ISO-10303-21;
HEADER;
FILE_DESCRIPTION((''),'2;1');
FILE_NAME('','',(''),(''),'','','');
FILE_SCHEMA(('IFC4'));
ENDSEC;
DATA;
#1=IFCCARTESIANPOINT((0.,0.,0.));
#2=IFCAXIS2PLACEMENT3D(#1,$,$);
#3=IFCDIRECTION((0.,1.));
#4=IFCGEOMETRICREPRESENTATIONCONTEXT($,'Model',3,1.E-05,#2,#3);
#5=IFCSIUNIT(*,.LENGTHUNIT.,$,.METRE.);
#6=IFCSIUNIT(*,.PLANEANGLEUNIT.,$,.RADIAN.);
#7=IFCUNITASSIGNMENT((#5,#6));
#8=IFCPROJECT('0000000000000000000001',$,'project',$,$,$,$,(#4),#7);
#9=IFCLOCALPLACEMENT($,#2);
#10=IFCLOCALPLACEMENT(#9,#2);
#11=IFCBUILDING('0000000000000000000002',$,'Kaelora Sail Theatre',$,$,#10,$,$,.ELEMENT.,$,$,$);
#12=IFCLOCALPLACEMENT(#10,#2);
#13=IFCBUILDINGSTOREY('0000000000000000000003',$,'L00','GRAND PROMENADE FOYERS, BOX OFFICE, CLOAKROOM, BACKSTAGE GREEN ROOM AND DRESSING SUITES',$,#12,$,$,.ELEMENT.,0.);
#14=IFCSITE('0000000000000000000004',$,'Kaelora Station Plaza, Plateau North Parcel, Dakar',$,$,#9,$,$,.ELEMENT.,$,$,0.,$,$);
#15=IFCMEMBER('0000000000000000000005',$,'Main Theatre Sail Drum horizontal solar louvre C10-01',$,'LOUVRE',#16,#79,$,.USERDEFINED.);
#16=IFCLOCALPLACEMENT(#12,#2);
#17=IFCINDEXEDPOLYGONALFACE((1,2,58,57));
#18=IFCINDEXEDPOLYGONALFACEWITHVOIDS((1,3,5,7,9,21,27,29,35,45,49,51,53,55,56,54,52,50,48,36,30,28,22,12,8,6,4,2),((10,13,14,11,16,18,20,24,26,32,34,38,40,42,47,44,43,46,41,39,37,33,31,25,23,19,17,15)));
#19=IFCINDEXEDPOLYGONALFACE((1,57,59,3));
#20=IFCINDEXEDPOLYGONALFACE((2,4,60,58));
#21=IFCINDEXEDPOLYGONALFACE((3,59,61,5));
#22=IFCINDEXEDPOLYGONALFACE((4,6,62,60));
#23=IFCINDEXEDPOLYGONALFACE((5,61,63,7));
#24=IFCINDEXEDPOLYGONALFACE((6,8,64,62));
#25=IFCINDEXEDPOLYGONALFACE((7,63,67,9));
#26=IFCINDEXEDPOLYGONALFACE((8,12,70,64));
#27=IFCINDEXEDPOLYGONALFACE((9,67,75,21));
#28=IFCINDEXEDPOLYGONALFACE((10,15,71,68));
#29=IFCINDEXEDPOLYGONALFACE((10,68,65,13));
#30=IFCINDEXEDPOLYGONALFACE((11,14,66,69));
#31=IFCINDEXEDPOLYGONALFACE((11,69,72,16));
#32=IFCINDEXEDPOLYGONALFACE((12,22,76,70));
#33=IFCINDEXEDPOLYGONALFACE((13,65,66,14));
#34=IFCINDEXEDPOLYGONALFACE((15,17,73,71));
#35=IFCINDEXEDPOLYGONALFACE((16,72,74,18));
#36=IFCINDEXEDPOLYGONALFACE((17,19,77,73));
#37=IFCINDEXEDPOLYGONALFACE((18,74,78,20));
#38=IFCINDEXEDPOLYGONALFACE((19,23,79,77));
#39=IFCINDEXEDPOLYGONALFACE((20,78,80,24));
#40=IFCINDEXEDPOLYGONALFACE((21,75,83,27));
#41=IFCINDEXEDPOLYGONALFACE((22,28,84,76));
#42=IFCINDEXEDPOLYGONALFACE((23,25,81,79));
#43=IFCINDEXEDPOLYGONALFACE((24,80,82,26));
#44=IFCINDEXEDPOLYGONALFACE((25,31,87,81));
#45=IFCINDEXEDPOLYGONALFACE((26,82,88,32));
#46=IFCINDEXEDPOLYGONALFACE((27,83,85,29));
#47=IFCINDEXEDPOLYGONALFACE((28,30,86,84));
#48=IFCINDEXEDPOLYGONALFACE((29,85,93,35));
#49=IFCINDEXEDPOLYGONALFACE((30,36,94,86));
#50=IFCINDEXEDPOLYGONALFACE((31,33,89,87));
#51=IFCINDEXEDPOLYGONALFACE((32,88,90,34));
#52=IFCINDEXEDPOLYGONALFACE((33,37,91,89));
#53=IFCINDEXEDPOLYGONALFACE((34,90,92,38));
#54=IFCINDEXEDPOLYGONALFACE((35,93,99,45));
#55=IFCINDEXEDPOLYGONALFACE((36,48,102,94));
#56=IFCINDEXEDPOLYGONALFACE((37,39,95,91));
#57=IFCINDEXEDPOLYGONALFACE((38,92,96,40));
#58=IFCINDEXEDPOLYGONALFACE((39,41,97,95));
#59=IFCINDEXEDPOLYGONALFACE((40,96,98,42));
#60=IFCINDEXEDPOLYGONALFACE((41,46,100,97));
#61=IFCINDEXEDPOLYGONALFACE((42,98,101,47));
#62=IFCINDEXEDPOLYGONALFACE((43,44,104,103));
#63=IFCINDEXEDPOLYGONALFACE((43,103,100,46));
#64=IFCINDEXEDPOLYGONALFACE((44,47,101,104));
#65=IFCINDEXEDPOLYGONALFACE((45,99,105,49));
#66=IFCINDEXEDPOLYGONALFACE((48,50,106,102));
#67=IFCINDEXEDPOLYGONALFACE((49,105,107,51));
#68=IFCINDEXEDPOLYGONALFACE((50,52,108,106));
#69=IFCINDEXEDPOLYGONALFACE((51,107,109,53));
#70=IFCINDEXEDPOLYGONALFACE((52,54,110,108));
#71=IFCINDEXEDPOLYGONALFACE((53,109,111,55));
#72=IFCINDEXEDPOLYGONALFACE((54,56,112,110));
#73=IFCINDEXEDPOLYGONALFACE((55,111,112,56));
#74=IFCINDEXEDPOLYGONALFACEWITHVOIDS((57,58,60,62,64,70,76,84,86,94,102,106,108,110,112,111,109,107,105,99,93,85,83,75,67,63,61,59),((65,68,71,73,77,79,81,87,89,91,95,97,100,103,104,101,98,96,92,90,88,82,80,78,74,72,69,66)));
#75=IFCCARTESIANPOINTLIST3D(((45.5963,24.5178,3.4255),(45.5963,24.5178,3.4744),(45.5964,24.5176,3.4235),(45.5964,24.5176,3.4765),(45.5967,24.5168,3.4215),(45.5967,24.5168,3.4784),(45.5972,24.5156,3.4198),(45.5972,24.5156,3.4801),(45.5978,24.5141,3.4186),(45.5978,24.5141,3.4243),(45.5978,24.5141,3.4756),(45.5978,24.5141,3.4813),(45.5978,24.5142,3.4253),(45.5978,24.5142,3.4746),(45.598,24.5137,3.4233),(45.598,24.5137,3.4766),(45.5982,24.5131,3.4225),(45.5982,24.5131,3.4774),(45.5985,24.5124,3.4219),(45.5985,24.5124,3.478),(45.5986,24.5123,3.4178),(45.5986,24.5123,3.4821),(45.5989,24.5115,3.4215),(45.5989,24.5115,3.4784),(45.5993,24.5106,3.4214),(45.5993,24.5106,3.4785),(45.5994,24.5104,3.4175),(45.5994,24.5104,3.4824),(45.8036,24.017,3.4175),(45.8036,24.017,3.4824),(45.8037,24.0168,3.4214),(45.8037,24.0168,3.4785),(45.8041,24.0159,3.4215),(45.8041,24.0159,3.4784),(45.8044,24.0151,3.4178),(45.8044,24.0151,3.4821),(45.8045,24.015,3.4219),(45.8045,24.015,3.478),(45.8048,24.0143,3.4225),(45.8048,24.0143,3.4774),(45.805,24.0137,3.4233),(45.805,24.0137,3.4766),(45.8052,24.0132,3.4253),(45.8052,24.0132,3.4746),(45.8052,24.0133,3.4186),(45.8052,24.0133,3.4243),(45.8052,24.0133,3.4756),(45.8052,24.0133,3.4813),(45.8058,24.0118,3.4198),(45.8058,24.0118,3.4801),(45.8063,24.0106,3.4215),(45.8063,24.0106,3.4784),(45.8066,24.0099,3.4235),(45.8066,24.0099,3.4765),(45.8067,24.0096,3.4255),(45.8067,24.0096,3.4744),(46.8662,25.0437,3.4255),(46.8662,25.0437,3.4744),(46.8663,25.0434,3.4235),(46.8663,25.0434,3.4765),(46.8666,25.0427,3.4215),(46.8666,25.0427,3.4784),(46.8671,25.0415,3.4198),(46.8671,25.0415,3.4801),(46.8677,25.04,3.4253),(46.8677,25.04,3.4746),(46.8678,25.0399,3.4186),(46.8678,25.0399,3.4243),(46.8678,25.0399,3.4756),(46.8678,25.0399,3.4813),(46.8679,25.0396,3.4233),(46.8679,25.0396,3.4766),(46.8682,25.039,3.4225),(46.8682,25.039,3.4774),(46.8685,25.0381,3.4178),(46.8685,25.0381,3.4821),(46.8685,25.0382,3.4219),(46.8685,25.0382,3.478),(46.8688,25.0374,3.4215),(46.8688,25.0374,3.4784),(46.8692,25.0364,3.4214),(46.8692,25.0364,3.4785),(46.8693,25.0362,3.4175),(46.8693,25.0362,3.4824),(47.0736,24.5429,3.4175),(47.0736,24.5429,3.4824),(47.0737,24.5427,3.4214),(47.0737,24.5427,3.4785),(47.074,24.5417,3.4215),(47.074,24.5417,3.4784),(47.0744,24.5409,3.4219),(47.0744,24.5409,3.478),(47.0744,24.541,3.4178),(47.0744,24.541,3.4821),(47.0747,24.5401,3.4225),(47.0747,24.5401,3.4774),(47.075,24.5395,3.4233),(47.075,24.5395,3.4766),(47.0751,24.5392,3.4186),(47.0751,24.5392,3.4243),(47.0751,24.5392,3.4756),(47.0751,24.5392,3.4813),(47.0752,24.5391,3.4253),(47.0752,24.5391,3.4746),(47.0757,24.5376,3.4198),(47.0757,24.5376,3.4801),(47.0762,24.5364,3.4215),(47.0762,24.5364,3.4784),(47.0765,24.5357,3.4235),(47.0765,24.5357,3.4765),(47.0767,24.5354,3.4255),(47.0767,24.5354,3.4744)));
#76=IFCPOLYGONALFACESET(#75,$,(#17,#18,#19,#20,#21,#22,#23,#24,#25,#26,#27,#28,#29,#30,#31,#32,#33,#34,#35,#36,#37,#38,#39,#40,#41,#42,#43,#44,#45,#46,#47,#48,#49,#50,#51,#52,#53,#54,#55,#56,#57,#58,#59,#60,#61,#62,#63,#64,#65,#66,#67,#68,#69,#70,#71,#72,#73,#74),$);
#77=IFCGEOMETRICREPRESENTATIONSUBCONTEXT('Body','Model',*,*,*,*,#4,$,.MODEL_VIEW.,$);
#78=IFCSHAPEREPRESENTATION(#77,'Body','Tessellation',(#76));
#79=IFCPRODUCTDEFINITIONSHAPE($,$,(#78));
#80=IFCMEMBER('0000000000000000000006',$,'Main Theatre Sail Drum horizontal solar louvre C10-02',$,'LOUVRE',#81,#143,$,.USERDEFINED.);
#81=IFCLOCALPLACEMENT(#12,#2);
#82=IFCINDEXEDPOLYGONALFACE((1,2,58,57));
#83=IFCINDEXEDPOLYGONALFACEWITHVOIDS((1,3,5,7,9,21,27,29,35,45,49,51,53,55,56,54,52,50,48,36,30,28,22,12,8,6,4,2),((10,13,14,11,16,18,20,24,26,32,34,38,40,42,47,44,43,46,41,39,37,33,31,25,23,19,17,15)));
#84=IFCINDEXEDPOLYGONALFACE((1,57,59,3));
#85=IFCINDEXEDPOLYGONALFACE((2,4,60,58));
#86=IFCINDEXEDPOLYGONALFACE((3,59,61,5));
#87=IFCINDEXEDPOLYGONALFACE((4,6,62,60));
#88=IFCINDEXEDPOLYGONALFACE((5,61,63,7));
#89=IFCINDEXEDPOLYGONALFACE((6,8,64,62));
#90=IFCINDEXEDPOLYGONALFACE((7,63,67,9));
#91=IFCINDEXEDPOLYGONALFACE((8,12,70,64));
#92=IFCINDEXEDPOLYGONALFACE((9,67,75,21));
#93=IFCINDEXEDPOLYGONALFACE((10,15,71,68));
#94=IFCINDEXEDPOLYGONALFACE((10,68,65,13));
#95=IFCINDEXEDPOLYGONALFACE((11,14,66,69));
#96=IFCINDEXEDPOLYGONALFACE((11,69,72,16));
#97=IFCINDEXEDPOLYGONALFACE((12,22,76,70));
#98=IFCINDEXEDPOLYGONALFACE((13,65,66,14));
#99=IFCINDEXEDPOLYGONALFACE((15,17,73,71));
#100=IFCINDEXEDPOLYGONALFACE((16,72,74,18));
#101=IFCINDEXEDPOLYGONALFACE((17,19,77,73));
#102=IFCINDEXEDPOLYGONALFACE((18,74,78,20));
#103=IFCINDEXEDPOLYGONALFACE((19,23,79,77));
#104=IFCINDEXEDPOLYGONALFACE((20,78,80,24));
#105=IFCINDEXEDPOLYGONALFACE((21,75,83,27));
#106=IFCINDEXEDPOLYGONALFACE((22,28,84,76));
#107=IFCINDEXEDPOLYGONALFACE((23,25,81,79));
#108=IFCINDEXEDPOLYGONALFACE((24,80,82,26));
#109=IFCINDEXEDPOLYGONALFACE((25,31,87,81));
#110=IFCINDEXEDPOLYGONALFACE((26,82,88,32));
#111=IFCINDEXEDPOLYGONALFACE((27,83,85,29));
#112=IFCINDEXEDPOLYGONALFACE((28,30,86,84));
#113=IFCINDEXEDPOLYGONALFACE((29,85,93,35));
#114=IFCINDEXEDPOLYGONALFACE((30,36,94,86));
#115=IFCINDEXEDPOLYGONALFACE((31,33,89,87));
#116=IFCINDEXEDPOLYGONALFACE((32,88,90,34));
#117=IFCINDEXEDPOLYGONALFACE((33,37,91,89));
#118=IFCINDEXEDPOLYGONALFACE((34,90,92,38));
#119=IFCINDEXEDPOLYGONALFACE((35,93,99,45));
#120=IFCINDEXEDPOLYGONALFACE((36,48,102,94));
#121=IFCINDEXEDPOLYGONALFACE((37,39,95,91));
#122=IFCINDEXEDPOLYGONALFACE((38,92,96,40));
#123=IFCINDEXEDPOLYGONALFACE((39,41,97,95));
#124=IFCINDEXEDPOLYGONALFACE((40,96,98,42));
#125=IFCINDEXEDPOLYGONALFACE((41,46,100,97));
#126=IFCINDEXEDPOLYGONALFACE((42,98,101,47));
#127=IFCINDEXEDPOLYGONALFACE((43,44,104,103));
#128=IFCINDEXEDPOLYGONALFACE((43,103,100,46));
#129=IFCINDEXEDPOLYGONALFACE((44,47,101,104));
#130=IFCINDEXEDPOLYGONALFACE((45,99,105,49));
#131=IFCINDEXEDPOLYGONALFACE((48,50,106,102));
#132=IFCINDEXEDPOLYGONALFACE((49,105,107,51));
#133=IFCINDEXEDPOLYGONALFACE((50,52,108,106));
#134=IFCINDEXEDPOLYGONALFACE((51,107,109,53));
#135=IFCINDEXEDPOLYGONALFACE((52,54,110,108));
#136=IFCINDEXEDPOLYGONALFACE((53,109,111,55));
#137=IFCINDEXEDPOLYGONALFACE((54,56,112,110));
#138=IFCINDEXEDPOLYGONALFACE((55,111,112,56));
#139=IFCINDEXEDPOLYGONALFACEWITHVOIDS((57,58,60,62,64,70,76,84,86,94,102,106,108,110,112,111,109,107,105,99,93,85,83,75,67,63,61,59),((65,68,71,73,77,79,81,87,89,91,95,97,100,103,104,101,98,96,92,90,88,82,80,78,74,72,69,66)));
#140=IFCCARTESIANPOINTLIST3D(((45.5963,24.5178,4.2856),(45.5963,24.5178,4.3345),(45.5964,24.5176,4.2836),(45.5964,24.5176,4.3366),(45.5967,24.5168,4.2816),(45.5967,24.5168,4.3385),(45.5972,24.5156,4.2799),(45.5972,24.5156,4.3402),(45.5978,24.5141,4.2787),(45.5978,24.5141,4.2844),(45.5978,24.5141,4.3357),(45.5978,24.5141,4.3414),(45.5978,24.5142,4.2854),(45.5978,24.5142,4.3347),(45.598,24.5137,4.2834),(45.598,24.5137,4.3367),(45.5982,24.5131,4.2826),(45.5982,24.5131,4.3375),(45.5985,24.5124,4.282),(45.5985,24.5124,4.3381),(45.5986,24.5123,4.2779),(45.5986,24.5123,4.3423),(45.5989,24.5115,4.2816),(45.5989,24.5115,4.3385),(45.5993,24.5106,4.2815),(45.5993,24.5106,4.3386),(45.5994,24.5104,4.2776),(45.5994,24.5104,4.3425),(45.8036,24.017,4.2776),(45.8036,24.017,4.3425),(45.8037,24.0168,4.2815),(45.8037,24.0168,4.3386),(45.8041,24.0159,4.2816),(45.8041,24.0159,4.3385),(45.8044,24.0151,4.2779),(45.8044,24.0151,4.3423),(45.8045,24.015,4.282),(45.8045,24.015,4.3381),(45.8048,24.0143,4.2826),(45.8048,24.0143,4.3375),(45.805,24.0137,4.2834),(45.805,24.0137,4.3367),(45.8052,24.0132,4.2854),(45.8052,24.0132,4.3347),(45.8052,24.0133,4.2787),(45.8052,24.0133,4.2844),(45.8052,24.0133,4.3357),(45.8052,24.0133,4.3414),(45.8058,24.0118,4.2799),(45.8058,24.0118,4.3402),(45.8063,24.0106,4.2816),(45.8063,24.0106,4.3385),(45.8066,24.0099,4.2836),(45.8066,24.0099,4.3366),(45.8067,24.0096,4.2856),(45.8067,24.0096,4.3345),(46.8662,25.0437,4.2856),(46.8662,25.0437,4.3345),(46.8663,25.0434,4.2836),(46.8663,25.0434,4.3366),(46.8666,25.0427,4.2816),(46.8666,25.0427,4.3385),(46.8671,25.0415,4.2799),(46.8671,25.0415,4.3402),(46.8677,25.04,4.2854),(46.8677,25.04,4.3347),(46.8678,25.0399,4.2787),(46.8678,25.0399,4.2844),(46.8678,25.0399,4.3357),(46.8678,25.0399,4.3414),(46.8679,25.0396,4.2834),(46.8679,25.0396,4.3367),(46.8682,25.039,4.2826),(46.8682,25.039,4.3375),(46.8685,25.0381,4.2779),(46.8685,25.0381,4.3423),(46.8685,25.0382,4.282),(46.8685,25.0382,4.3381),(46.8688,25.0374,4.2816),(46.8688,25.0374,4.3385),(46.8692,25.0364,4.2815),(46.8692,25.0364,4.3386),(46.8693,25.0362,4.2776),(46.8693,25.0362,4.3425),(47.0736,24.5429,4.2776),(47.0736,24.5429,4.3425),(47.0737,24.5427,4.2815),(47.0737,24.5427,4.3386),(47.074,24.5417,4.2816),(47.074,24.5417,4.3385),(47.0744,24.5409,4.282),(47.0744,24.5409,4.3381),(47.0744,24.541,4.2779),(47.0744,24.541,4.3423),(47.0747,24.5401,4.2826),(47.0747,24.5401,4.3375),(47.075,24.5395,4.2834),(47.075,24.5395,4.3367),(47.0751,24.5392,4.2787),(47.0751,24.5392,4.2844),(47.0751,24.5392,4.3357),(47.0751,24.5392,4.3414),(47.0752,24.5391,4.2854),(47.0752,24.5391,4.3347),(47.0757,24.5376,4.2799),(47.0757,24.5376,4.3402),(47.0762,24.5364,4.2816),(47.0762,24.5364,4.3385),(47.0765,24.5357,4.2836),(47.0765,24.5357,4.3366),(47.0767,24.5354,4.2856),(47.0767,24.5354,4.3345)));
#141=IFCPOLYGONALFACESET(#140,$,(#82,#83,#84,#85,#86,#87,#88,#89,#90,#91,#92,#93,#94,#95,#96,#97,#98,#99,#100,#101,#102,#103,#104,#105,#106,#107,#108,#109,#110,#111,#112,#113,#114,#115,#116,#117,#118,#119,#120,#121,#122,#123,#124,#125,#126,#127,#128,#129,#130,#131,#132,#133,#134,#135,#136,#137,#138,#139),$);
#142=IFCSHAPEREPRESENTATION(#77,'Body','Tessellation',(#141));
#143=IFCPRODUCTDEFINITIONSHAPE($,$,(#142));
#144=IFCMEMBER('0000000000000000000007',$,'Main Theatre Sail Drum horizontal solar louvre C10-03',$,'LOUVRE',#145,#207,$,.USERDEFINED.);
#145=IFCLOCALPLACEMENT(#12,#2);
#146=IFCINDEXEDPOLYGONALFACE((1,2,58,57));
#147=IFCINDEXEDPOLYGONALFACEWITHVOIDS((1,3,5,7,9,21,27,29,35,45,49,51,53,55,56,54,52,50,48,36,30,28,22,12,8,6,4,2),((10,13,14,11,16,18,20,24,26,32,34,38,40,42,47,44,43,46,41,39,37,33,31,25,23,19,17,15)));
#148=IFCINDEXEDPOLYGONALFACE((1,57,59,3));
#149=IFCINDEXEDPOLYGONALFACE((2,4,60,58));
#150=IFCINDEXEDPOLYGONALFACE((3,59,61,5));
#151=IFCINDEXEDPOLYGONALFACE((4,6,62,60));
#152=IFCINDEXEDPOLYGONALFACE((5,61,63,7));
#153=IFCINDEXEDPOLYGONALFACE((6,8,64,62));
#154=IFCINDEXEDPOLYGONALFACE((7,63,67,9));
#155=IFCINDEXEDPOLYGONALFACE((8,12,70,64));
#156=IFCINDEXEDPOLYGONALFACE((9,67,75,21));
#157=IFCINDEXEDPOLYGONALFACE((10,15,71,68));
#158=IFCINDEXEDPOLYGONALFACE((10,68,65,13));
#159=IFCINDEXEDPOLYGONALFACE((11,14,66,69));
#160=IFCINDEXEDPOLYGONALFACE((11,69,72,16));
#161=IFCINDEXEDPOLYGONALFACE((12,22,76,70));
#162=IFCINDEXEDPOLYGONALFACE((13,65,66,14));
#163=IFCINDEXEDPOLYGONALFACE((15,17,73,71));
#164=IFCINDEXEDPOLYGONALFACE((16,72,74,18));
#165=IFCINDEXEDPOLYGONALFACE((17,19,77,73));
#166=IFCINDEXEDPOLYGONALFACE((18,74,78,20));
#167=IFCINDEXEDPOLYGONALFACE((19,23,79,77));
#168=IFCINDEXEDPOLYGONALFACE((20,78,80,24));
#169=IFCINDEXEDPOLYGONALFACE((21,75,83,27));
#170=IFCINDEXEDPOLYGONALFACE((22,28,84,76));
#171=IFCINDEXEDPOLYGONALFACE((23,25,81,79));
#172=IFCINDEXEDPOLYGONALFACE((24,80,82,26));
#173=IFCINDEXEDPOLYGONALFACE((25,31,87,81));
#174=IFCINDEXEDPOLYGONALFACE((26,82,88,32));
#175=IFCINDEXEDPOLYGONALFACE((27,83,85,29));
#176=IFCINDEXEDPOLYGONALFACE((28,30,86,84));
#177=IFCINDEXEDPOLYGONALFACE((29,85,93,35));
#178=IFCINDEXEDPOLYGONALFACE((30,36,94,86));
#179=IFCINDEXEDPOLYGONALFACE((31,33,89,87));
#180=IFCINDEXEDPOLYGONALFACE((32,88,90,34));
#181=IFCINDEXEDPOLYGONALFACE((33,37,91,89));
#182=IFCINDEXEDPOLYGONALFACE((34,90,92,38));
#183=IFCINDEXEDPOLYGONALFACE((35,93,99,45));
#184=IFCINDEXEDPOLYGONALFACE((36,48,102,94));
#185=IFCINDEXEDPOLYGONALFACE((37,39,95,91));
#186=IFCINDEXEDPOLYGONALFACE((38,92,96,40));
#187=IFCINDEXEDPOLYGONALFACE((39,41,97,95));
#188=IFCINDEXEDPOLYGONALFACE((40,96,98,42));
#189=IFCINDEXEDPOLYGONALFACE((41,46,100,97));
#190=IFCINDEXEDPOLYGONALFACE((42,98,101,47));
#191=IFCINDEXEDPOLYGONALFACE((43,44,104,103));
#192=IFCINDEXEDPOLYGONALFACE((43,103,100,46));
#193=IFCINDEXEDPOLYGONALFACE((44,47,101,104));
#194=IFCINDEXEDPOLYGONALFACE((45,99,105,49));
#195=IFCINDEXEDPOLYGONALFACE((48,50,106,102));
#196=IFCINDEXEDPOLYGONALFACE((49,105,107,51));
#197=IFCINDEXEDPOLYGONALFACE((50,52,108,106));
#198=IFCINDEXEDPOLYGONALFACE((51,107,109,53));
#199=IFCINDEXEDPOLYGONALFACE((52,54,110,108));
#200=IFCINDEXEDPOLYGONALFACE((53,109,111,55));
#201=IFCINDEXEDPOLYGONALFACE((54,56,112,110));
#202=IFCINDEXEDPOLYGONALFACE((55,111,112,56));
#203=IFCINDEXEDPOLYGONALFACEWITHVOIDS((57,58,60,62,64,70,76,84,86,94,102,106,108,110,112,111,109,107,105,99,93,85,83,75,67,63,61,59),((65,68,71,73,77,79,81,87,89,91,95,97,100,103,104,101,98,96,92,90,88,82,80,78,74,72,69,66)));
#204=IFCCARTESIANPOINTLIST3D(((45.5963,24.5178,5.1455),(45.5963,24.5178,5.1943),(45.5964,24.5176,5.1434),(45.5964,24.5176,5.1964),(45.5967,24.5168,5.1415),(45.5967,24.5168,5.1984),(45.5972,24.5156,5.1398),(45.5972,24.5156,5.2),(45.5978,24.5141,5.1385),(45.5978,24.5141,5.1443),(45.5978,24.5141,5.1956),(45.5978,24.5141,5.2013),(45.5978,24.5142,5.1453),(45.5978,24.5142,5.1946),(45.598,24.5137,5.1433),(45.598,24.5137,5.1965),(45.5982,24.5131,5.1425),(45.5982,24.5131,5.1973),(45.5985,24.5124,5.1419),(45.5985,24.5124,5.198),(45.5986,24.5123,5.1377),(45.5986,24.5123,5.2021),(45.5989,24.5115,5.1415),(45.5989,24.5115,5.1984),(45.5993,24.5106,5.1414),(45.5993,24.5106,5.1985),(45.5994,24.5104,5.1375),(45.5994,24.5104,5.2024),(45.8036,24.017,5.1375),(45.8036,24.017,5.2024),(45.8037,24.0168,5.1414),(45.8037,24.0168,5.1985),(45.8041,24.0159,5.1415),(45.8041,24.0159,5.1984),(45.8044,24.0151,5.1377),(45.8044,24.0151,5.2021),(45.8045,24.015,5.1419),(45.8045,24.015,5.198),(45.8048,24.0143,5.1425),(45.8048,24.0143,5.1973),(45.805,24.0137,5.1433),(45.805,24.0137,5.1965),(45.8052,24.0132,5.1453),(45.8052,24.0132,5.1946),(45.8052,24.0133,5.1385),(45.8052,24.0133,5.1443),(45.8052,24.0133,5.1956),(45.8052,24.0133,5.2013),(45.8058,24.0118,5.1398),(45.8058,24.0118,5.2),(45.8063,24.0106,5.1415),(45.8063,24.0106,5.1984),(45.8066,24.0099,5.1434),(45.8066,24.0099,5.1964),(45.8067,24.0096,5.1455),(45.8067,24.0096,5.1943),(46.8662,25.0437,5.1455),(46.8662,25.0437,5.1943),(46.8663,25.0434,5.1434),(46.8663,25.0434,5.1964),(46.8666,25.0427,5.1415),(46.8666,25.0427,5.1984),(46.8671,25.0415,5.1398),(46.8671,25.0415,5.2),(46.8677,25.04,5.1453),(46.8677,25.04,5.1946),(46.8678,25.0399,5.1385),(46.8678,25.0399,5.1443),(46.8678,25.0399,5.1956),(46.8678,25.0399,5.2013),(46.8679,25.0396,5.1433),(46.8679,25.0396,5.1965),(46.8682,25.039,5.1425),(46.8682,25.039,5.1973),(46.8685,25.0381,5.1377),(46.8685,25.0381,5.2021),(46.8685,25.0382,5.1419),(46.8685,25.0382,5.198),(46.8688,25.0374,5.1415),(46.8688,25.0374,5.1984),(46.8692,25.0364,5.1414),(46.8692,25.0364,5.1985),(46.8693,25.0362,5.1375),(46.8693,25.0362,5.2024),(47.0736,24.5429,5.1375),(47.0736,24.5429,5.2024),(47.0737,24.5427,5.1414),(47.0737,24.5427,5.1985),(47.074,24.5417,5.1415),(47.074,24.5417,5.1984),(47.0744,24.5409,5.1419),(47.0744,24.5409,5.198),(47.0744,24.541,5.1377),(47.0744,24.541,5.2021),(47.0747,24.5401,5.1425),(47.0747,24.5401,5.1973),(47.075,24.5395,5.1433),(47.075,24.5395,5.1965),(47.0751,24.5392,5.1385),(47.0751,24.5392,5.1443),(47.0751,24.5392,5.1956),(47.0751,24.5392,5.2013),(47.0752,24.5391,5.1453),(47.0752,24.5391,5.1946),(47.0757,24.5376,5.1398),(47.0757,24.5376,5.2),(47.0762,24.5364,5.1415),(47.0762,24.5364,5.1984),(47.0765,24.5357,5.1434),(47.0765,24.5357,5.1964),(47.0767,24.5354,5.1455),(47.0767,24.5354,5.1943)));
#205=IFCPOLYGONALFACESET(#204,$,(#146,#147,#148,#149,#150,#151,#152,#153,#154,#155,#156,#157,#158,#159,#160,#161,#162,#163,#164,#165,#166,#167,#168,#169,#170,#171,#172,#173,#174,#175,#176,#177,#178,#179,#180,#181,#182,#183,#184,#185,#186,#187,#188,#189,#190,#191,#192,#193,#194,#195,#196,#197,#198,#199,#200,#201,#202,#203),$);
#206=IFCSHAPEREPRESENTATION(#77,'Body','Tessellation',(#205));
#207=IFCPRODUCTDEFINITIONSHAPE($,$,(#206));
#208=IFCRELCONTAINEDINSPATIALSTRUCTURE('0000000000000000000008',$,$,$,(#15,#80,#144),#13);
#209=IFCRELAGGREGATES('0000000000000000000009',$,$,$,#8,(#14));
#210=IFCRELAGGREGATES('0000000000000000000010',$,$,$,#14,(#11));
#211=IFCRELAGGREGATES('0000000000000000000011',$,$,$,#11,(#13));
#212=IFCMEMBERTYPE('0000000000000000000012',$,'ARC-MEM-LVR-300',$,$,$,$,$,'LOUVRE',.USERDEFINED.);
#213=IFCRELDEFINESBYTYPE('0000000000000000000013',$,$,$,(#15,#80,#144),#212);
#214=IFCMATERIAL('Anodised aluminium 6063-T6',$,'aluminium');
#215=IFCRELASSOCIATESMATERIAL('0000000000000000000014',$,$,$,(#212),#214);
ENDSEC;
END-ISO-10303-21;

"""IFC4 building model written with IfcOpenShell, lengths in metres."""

from ifc_helpers import new_model, si_unit, direction, frame, origin, origin_2d, place, context, subcontext, project, spatial, hollow_rectangle, extrude, material, material_profile, profile_set, type_object, element, save


model = new_model("IFC4")

# Units and contexts
model_context = context("Model", 3, precision=1e-05, world=origin(), true_north=direction((0.0, 1.0)))
body_context = subcontext(model_context, "Body", "Model", "MODEL_VIEW")
ifc_project = project(units=[si_unit("LENGTHUNIT", "METRE"), si_unit("PLANEANGLEUNIT", "RADIAN")], contexts=[model_context])

# Site, building, storey
site_placement = place(None, origin())
site = spatial("IfcSite", under=ifc_project, at=site_placement, Name="Kaelora Station Plaza, Plateau North Parcel, Dakar", CompositionType="ELEMENT", RefElevation=0.0)
building_placement = place(site_placement, origin())
building = spatial("IfcBuilding", under=site, at=building_placement, Name="Kaelora Sail Theatre", CompositionType="ELEMENT")
storey_placement = place(building_placement, origin())
storey = spatial("IfcBuildingStorey", under=building, at=storey_placement, Name="L00", Description="GRAND PROMENADE FOYERS, BOX OFFICE, CLOAKROOM, BACKSTAGE GREEN ROOM AND DRESSING SUITES", CompositionType="ELEMENT", Elevation=0.0)

# Members
ifc_material_1 = material(Name="Anodised aluminium 6063-T6", Category="aluminium")
ifc_material_profile_1 = material_profile(ifc_material_1, hollow_rectangle(XDim=0.55, YDim=0.0649, WallThickness=0.0039, InnerFilletRadius=0.0039, OuterFilletRadius=0.0081, at=origin_2d()), Name="LOUVRE 550x65x4")
ifc_profile_set_1 = profile_set([ifc_material_profile_1], Name="Anodised aluminium 6063-T6")
member_type_1 = type_object("IfcMemberType", Name="ARC-MEM-LVR-300", ElementType="LOUVRE", PredefinedType="USERDEFINED", material=ifc_profile_set_1)
for number, where, z_axis, x_axis, name in (
    (1, (46.9714, 24.7896, 3.45), (-0.923926, -0.382571, 0.0), (0.382571, -0.923926, 0.0), "Main Theatre Sail Drum horizontal solar louvre C10-01"),
    (2, (46.9714, 24.7896, 4.3101), (-0.923926, -0.382571, 0.0), (0.382571, -0.923926, 0.0), "Main Theatre Sail Drum horizontal solar louvre C10-02"),
    (3, (46.9714, 24.7896, 5.1699), (-0.923926, -0.382571, 0.0), (0.382571, -0.923926, 0.0), "Main Theatre Sail Drum horizontal solar louvre C10-03"),
):
    element("IfcMember", number, at=place(storey_placement, frame(where, z_axis=z_axis, x_axis=x_axis)), inside=storey, type_object=member_type_1, Name=name, ObjectType="LOUVRE", PredefinedType="USERDEFINED", context=body_context, shape_type="SweptSolid", body=[
        extrude(hollow_rectangle(XDim=0.55, YDim=0.0649, WallThickness=0.0039, InnerFilletRadius=0.0039, OuterFilletRadius=0.0081, at=origin_2d()), origin(), (0.0, 0.0, 1.0), 1.3745),
    ])

save(model, "model.ifc")
